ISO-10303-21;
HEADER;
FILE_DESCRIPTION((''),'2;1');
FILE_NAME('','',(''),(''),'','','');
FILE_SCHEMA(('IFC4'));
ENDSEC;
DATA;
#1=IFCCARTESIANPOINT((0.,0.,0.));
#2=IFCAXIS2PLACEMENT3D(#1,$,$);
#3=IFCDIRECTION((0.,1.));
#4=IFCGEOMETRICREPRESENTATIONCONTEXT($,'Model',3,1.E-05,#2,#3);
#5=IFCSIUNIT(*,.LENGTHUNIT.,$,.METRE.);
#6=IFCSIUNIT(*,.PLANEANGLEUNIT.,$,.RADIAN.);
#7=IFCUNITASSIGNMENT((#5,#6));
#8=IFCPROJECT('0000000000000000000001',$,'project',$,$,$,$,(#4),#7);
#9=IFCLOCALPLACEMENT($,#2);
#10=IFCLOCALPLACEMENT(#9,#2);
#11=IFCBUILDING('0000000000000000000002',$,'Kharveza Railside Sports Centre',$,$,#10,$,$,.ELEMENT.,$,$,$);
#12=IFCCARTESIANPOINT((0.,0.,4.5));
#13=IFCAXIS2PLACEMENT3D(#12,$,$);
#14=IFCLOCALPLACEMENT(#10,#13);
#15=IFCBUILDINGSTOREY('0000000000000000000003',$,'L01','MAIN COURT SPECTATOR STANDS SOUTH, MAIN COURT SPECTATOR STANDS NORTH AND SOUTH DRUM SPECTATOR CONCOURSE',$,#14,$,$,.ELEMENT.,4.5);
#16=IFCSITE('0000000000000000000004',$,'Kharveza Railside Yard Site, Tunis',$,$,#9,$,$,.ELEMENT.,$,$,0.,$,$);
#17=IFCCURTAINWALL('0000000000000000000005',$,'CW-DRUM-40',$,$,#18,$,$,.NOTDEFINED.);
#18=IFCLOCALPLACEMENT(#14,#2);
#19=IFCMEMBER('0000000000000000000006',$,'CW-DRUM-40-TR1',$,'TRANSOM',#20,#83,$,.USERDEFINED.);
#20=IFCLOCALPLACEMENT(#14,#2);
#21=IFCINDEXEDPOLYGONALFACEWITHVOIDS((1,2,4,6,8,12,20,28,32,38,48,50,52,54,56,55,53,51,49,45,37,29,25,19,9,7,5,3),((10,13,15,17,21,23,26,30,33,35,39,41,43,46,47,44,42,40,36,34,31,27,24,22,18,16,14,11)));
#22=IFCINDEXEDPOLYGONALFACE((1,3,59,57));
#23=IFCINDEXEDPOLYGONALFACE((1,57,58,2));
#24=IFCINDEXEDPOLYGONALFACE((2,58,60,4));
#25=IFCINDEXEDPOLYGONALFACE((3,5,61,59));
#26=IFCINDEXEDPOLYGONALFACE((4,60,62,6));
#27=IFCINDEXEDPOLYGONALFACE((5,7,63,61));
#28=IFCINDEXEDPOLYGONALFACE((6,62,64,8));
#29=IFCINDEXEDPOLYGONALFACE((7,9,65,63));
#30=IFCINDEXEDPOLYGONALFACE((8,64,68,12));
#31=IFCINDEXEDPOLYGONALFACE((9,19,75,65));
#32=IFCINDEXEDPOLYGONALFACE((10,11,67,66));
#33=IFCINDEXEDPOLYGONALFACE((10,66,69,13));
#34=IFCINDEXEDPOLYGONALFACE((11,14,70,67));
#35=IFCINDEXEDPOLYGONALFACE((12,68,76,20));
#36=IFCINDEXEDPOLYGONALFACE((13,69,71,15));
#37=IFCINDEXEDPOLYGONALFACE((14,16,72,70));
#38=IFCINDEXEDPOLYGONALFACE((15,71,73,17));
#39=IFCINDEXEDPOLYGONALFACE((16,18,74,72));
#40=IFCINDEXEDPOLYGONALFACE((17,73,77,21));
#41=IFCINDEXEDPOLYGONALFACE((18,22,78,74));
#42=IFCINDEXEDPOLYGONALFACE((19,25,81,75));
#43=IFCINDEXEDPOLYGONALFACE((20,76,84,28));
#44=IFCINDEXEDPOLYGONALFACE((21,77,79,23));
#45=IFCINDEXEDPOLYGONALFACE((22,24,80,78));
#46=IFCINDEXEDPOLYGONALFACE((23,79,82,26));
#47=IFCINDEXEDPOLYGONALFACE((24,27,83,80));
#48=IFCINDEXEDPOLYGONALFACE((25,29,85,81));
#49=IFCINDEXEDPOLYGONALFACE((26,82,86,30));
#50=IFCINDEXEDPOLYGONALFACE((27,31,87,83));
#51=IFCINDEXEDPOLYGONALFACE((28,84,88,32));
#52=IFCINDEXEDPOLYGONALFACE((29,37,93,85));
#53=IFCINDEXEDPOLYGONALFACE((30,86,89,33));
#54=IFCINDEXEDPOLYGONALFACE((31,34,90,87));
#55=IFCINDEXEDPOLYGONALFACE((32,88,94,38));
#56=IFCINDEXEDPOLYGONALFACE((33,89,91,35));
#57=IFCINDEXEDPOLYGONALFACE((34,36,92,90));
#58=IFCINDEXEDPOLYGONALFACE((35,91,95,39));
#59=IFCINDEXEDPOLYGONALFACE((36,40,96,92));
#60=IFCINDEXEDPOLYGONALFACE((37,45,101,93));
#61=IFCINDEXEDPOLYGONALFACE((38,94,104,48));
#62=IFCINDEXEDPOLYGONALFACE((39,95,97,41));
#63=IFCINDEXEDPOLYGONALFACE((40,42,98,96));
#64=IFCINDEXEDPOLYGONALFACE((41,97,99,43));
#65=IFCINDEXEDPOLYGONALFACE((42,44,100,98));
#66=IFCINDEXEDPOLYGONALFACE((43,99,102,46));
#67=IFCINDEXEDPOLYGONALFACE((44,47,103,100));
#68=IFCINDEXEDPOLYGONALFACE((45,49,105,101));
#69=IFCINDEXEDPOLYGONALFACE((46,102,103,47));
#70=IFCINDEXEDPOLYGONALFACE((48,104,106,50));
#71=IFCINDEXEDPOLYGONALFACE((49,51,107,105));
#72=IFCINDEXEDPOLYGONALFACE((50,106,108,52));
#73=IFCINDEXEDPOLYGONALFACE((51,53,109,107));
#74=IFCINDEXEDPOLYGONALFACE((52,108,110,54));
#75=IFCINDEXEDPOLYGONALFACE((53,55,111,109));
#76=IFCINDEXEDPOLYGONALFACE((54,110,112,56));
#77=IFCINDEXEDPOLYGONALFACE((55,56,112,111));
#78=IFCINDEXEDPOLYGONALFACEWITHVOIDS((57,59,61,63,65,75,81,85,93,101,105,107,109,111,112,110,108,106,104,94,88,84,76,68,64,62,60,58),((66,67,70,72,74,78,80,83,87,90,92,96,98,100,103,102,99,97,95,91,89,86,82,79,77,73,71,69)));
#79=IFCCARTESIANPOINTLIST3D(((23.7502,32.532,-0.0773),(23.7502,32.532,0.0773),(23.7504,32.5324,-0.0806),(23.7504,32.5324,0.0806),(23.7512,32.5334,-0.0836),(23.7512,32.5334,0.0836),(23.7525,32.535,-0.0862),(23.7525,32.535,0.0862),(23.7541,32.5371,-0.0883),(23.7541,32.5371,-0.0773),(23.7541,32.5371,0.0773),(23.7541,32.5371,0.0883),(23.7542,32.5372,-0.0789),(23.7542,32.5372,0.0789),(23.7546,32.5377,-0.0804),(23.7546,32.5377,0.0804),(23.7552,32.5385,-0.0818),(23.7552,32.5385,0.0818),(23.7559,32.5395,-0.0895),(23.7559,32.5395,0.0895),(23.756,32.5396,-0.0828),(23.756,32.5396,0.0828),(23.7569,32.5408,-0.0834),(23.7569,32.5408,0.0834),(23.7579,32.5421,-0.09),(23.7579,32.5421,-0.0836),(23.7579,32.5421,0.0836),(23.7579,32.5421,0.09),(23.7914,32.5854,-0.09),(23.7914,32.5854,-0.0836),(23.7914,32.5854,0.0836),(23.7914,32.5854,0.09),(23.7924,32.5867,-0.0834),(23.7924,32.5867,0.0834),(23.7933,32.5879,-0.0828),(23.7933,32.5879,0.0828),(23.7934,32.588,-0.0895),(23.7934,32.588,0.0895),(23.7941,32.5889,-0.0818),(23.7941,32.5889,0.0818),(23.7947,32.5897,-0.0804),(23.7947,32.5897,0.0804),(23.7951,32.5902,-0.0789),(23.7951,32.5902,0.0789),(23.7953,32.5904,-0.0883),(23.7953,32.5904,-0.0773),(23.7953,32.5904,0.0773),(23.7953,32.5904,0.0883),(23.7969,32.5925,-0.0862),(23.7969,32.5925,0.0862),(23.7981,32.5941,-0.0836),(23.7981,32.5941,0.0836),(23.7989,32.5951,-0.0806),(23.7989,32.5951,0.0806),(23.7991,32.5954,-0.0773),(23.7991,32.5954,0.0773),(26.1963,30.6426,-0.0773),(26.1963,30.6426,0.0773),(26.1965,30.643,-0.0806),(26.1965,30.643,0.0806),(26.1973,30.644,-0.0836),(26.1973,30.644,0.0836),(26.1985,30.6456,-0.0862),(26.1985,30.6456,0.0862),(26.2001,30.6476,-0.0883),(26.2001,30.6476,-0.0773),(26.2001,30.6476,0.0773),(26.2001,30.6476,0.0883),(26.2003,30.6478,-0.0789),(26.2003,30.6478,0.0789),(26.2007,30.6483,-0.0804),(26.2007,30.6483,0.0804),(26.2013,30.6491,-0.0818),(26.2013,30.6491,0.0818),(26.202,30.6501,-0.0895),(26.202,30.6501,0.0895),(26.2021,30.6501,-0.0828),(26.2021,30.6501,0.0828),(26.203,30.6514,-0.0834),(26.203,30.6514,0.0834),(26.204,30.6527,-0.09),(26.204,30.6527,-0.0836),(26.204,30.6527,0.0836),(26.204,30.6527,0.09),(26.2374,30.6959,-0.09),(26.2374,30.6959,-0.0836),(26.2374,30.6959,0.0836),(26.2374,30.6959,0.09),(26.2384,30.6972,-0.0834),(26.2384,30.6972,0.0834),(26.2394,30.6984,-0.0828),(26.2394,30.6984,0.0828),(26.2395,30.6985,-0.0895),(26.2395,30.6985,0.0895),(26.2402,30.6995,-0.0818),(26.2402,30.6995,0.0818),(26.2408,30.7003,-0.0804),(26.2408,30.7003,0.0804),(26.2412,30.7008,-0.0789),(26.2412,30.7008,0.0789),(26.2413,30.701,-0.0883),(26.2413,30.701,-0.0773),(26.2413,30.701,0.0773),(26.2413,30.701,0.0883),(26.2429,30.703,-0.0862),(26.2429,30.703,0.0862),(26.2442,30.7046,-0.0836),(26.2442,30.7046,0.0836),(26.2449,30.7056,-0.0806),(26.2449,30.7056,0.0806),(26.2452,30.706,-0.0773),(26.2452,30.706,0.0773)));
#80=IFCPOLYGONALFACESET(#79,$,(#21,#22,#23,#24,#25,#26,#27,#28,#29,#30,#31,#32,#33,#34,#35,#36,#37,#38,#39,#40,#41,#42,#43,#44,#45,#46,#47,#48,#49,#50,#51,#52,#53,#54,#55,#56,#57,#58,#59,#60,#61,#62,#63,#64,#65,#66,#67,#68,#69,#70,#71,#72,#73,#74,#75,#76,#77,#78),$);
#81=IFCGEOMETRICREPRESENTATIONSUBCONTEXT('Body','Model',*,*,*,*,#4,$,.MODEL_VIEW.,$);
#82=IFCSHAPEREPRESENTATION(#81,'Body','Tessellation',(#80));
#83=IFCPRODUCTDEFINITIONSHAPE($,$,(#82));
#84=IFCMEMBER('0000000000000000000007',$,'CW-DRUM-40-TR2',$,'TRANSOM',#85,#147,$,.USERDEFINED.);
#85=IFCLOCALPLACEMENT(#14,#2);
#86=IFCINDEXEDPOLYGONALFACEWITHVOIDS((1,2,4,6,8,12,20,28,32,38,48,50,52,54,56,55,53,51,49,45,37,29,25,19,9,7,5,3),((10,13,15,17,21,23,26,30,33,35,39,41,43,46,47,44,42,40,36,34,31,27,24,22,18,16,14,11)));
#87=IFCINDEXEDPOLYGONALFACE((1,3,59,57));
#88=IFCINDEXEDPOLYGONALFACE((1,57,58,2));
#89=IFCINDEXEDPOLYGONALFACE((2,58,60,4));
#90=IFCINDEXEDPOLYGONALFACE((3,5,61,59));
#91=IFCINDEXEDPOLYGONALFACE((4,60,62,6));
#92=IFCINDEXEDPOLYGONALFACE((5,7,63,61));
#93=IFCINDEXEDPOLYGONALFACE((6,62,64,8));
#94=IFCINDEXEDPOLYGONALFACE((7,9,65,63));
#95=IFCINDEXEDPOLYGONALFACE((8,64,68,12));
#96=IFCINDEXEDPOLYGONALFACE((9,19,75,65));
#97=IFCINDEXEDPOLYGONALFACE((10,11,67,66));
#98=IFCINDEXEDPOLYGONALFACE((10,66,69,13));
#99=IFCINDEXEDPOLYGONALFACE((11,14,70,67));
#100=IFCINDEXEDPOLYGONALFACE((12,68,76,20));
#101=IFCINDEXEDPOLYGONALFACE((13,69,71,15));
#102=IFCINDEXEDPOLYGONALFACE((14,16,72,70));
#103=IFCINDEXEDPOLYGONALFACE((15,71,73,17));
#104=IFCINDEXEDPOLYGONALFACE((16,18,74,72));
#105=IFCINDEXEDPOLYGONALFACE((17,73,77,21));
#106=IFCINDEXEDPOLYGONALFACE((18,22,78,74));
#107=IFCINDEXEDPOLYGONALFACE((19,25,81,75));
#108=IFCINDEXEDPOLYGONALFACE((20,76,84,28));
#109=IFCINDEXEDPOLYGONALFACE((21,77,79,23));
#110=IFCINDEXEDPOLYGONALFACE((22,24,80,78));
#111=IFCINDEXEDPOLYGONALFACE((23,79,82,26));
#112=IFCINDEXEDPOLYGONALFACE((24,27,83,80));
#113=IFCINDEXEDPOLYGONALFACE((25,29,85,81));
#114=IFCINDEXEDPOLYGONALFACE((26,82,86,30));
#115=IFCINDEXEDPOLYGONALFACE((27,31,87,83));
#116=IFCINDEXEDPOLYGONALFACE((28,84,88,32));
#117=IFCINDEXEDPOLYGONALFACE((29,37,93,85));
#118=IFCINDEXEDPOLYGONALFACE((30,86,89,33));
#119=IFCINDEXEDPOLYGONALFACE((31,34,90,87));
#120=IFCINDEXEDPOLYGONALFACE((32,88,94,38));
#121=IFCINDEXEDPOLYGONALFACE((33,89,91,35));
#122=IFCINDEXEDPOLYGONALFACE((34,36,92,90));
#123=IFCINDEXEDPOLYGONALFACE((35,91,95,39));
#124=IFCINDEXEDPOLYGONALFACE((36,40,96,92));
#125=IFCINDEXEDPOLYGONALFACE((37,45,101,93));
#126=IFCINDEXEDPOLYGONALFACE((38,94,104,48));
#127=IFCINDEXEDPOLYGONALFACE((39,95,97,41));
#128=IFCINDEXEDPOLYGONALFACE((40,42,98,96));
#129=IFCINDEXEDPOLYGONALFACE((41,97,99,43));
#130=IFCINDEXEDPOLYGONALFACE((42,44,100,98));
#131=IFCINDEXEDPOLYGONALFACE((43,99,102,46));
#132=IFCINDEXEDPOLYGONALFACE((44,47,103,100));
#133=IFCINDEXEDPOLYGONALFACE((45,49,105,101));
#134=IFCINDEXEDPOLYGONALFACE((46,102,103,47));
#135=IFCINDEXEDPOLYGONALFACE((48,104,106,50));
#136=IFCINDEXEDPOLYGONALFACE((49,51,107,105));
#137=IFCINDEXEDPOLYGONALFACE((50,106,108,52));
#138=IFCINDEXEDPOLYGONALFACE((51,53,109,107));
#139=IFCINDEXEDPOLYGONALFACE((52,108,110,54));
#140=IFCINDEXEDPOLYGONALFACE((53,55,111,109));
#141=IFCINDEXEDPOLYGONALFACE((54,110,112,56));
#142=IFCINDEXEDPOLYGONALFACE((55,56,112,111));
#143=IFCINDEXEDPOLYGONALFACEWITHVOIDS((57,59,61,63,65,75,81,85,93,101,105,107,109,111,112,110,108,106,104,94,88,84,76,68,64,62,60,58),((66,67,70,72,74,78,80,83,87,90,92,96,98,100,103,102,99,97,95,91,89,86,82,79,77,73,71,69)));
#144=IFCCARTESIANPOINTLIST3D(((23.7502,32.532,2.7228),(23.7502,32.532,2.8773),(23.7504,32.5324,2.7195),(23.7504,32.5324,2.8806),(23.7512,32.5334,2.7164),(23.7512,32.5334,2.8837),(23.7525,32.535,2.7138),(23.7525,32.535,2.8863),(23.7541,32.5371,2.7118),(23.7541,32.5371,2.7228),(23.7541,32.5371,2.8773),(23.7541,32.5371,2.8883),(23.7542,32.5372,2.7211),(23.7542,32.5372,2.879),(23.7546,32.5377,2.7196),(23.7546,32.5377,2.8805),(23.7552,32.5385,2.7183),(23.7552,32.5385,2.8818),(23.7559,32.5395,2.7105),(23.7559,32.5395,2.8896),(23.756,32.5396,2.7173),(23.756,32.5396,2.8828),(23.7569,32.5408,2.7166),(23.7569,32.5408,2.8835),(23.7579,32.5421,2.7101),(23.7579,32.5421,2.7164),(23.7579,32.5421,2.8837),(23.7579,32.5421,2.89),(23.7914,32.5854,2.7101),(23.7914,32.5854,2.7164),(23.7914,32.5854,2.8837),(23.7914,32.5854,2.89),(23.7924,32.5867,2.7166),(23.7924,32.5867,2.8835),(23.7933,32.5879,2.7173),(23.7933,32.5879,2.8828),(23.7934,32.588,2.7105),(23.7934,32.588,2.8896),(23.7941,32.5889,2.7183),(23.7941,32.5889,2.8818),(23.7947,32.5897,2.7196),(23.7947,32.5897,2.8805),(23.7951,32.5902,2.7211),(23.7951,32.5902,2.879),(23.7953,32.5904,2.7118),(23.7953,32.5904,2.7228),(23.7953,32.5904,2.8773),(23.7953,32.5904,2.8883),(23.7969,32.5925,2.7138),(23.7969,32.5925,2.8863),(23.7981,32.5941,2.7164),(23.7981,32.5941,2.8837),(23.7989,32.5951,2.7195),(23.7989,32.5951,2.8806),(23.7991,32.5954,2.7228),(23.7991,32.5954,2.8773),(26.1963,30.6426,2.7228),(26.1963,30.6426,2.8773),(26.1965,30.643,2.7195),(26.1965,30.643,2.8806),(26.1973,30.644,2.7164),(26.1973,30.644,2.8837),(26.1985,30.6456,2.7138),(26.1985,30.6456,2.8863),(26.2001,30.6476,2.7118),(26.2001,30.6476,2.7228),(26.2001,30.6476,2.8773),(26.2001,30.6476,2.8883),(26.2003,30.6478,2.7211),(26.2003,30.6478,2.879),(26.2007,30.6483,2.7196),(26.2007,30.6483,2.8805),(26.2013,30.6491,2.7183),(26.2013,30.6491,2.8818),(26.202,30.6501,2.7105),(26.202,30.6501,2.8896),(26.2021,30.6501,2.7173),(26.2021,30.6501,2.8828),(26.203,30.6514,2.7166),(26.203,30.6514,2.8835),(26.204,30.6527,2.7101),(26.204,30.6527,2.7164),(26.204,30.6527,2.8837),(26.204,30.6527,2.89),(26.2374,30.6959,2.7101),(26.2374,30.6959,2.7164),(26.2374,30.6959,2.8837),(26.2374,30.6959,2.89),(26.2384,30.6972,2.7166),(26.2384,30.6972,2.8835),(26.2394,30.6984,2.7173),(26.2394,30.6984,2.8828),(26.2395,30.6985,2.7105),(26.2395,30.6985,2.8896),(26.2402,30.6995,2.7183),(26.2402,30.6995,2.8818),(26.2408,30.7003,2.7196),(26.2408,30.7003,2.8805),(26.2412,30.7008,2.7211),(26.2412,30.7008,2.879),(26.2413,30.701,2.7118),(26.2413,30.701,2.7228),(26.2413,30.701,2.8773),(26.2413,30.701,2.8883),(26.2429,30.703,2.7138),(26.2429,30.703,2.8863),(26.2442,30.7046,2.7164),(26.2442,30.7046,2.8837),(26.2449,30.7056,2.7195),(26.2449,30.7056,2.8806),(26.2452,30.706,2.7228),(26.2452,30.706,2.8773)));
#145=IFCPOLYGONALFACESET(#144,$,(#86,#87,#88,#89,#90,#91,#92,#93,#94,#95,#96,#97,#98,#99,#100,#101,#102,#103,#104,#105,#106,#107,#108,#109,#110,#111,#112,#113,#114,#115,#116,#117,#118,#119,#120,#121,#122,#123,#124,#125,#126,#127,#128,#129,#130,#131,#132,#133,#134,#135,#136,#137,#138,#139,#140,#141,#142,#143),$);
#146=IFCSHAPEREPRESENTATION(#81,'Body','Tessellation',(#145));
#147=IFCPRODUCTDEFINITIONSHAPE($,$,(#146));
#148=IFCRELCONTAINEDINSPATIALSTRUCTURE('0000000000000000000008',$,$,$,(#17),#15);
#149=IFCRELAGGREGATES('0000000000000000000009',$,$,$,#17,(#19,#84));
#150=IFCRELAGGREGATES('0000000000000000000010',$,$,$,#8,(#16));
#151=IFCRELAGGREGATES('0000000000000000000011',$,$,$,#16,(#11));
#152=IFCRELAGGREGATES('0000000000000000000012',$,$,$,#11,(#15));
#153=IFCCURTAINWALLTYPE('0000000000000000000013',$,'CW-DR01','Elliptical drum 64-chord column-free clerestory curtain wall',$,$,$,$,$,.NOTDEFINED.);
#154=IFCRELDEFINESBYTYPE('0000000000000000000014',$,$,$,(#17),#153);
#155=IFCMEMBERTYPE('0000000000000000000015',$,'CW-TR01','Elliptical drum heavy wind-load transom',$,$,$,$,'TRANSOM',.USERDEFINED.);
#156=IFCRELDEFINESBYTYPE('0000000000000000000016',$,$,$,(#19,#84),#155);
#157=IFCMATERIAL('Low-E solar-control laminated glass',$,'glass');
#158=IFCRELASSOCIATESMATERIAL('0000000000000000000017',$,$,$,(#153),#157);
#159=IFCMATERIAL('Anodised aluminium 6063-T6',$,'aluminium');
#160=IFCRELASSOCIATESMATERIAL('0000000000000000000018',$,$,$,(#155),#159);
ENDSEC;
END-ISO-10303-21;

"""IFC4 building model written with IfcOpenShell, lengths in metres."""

from ifc_helpers import new_model, si_unit, direction, frame, origin, origin_2d, place, context, subcontext, project, spatial, hollow_rectangle, extrude, material, material_profile, profile_set, type_object, element, aggregate, save


model = new_model("IFC4")

# Units and contexts
model_context = context("Model", 3, precision=1e-05, world=origin(), true_north=direction((0.0, 1.0)))
body_context = subcontext(model_context, "Body", "Model", "MODEL_VIEW")
ifc_project = project(units=[si_unit("LENGTHUNIT", "METRE"), si_unit("PLANEANGLEUNIT", "RADIAN")], contexts=[model_context])

# Site, building, storey
site_placement = place(None, origin())
site = spatial("IfcSite", under=ifc_project, at=site_placement, Name="Kharveza Railside Yard Site, Tunis", CompositionType="ELEMENT", RefElevation=0.0)
building_placement = place(site_placement, origin())
building = spatial("IfcBuilding", under=site, at=building_placement, Name="Kharveza Railside Sports Centre", CompositionType="ELEMENT")
storey_placement = place(building_placement, frame((0.0, 0.0, 4.5)))
storey = spatial("IfcBuildingStorey", under=building, at=storey_placement, Name="L01", Description="MAIN COURT SPECTATOR STANDS SOUTH, MAIN COURT SPECTATOR STANDS NORTH AND SOUTH DRUM SPECTATOR CONCOURSE", CompositionType="ELEMENT", Elevation=4.5)

# Curtain wall
ifc_material_1 = material(Name="Low-E solar-control laminated glass", Category="glass")
curtain_wall_type = type_object("IfcCurtainWallType", Name="CW-DR01", Description="Elliptical drum 64-chord column-free clerestory curtain wall", PredefinedType="NOTDEFINED", material=ifc_material_1)
ifc_material_2 = material(Name="Anodised aluminium 6063-T6", Category="aluminium")
curtain_wall_1_placement = place(storey_placement, origin())
curtain_wall_1 = element("IfcCurtainWall", 1, at=curtain_wall_1_placement, inside=storey, type_object=curtain_wall_type, Name="CW-DRUM-40", PredefinedType="NOTDEFINED")

# Members
ifc_material_profile_1 = material_profile(ifc_material_2, hollow_rectangle(XDim=0.0801, YDim=0.1799, WallThickness=0.0063, InnerFilletRadius=0.0063, OuterFilletRadius=0.0127, at=origin_2d()), Name="RHS 80x180x6.3")
ifc_profile_set_1 = profile_set([ifc_material_profile_1], Name="Anodised aluminium 6063-T6")
member_type_1 = type_object("IfcMemberType", Name="CW-TR01", Description="Elliptical drum heavy wind-load transom", ElementType="TRANSOM", PredefinedType="USERDEFINED", material=ifc_profile_set_1)
member_1_placement = place(storey_placement, frame((23.7747, 32.5637, 0.0), z_axis=(0.791398, -0.611301, 0.0), x_axis=(0.611301, 0.791398, 0.0)))
member_1 = element("IfcMember", 2, at=member_1_placement, type_object=member_type_1, Name="CW-DRUM-40-TR1", ObjectType="TRANSOM", PredefinedType="USERDEFINED", context=body_context, shape_type="SweptSolid", body=[
    extrude(hollow_rectangle(XDim=0.0801, YDim=0.1799, WallThickness=0.0063, InnerFilletRadius=0.0063, OuterFilletRadius=0.0127, at=origin_2d()), origin(), (0.0, 0.0, 1.0), 3.0908),
])
member_2_placement = place(storey_placement, frame((23.7747, 32.5637, 2.8), z_axis=(0.791398, -0.611301, 0.0), x_axis=(0.611301, 0.791398, 0.0)))
member_2 = element("IfcMember", 3, at=member_2_placement, type_object=member_type_1, Name="CW-DRUM-40-TR2", ObjectType="TRANSOM", PredefinedType="USERDEFINED", context=body_context, shape_type="SweptSolid", body=[
    extrude(hollow_rectangle(XDim=0.0801, YDim=0.1799, WallThickness=0.0063, InnerFilletRadius=0.0063, OuterFilletRadius=0.0127, at=origin_2d()), origin(), (0.0, 0.0, 1.0), 3.0908),
])

aggregate(curtain_wall_1, [member_1, member_2])

save(model, "model.ifc")
